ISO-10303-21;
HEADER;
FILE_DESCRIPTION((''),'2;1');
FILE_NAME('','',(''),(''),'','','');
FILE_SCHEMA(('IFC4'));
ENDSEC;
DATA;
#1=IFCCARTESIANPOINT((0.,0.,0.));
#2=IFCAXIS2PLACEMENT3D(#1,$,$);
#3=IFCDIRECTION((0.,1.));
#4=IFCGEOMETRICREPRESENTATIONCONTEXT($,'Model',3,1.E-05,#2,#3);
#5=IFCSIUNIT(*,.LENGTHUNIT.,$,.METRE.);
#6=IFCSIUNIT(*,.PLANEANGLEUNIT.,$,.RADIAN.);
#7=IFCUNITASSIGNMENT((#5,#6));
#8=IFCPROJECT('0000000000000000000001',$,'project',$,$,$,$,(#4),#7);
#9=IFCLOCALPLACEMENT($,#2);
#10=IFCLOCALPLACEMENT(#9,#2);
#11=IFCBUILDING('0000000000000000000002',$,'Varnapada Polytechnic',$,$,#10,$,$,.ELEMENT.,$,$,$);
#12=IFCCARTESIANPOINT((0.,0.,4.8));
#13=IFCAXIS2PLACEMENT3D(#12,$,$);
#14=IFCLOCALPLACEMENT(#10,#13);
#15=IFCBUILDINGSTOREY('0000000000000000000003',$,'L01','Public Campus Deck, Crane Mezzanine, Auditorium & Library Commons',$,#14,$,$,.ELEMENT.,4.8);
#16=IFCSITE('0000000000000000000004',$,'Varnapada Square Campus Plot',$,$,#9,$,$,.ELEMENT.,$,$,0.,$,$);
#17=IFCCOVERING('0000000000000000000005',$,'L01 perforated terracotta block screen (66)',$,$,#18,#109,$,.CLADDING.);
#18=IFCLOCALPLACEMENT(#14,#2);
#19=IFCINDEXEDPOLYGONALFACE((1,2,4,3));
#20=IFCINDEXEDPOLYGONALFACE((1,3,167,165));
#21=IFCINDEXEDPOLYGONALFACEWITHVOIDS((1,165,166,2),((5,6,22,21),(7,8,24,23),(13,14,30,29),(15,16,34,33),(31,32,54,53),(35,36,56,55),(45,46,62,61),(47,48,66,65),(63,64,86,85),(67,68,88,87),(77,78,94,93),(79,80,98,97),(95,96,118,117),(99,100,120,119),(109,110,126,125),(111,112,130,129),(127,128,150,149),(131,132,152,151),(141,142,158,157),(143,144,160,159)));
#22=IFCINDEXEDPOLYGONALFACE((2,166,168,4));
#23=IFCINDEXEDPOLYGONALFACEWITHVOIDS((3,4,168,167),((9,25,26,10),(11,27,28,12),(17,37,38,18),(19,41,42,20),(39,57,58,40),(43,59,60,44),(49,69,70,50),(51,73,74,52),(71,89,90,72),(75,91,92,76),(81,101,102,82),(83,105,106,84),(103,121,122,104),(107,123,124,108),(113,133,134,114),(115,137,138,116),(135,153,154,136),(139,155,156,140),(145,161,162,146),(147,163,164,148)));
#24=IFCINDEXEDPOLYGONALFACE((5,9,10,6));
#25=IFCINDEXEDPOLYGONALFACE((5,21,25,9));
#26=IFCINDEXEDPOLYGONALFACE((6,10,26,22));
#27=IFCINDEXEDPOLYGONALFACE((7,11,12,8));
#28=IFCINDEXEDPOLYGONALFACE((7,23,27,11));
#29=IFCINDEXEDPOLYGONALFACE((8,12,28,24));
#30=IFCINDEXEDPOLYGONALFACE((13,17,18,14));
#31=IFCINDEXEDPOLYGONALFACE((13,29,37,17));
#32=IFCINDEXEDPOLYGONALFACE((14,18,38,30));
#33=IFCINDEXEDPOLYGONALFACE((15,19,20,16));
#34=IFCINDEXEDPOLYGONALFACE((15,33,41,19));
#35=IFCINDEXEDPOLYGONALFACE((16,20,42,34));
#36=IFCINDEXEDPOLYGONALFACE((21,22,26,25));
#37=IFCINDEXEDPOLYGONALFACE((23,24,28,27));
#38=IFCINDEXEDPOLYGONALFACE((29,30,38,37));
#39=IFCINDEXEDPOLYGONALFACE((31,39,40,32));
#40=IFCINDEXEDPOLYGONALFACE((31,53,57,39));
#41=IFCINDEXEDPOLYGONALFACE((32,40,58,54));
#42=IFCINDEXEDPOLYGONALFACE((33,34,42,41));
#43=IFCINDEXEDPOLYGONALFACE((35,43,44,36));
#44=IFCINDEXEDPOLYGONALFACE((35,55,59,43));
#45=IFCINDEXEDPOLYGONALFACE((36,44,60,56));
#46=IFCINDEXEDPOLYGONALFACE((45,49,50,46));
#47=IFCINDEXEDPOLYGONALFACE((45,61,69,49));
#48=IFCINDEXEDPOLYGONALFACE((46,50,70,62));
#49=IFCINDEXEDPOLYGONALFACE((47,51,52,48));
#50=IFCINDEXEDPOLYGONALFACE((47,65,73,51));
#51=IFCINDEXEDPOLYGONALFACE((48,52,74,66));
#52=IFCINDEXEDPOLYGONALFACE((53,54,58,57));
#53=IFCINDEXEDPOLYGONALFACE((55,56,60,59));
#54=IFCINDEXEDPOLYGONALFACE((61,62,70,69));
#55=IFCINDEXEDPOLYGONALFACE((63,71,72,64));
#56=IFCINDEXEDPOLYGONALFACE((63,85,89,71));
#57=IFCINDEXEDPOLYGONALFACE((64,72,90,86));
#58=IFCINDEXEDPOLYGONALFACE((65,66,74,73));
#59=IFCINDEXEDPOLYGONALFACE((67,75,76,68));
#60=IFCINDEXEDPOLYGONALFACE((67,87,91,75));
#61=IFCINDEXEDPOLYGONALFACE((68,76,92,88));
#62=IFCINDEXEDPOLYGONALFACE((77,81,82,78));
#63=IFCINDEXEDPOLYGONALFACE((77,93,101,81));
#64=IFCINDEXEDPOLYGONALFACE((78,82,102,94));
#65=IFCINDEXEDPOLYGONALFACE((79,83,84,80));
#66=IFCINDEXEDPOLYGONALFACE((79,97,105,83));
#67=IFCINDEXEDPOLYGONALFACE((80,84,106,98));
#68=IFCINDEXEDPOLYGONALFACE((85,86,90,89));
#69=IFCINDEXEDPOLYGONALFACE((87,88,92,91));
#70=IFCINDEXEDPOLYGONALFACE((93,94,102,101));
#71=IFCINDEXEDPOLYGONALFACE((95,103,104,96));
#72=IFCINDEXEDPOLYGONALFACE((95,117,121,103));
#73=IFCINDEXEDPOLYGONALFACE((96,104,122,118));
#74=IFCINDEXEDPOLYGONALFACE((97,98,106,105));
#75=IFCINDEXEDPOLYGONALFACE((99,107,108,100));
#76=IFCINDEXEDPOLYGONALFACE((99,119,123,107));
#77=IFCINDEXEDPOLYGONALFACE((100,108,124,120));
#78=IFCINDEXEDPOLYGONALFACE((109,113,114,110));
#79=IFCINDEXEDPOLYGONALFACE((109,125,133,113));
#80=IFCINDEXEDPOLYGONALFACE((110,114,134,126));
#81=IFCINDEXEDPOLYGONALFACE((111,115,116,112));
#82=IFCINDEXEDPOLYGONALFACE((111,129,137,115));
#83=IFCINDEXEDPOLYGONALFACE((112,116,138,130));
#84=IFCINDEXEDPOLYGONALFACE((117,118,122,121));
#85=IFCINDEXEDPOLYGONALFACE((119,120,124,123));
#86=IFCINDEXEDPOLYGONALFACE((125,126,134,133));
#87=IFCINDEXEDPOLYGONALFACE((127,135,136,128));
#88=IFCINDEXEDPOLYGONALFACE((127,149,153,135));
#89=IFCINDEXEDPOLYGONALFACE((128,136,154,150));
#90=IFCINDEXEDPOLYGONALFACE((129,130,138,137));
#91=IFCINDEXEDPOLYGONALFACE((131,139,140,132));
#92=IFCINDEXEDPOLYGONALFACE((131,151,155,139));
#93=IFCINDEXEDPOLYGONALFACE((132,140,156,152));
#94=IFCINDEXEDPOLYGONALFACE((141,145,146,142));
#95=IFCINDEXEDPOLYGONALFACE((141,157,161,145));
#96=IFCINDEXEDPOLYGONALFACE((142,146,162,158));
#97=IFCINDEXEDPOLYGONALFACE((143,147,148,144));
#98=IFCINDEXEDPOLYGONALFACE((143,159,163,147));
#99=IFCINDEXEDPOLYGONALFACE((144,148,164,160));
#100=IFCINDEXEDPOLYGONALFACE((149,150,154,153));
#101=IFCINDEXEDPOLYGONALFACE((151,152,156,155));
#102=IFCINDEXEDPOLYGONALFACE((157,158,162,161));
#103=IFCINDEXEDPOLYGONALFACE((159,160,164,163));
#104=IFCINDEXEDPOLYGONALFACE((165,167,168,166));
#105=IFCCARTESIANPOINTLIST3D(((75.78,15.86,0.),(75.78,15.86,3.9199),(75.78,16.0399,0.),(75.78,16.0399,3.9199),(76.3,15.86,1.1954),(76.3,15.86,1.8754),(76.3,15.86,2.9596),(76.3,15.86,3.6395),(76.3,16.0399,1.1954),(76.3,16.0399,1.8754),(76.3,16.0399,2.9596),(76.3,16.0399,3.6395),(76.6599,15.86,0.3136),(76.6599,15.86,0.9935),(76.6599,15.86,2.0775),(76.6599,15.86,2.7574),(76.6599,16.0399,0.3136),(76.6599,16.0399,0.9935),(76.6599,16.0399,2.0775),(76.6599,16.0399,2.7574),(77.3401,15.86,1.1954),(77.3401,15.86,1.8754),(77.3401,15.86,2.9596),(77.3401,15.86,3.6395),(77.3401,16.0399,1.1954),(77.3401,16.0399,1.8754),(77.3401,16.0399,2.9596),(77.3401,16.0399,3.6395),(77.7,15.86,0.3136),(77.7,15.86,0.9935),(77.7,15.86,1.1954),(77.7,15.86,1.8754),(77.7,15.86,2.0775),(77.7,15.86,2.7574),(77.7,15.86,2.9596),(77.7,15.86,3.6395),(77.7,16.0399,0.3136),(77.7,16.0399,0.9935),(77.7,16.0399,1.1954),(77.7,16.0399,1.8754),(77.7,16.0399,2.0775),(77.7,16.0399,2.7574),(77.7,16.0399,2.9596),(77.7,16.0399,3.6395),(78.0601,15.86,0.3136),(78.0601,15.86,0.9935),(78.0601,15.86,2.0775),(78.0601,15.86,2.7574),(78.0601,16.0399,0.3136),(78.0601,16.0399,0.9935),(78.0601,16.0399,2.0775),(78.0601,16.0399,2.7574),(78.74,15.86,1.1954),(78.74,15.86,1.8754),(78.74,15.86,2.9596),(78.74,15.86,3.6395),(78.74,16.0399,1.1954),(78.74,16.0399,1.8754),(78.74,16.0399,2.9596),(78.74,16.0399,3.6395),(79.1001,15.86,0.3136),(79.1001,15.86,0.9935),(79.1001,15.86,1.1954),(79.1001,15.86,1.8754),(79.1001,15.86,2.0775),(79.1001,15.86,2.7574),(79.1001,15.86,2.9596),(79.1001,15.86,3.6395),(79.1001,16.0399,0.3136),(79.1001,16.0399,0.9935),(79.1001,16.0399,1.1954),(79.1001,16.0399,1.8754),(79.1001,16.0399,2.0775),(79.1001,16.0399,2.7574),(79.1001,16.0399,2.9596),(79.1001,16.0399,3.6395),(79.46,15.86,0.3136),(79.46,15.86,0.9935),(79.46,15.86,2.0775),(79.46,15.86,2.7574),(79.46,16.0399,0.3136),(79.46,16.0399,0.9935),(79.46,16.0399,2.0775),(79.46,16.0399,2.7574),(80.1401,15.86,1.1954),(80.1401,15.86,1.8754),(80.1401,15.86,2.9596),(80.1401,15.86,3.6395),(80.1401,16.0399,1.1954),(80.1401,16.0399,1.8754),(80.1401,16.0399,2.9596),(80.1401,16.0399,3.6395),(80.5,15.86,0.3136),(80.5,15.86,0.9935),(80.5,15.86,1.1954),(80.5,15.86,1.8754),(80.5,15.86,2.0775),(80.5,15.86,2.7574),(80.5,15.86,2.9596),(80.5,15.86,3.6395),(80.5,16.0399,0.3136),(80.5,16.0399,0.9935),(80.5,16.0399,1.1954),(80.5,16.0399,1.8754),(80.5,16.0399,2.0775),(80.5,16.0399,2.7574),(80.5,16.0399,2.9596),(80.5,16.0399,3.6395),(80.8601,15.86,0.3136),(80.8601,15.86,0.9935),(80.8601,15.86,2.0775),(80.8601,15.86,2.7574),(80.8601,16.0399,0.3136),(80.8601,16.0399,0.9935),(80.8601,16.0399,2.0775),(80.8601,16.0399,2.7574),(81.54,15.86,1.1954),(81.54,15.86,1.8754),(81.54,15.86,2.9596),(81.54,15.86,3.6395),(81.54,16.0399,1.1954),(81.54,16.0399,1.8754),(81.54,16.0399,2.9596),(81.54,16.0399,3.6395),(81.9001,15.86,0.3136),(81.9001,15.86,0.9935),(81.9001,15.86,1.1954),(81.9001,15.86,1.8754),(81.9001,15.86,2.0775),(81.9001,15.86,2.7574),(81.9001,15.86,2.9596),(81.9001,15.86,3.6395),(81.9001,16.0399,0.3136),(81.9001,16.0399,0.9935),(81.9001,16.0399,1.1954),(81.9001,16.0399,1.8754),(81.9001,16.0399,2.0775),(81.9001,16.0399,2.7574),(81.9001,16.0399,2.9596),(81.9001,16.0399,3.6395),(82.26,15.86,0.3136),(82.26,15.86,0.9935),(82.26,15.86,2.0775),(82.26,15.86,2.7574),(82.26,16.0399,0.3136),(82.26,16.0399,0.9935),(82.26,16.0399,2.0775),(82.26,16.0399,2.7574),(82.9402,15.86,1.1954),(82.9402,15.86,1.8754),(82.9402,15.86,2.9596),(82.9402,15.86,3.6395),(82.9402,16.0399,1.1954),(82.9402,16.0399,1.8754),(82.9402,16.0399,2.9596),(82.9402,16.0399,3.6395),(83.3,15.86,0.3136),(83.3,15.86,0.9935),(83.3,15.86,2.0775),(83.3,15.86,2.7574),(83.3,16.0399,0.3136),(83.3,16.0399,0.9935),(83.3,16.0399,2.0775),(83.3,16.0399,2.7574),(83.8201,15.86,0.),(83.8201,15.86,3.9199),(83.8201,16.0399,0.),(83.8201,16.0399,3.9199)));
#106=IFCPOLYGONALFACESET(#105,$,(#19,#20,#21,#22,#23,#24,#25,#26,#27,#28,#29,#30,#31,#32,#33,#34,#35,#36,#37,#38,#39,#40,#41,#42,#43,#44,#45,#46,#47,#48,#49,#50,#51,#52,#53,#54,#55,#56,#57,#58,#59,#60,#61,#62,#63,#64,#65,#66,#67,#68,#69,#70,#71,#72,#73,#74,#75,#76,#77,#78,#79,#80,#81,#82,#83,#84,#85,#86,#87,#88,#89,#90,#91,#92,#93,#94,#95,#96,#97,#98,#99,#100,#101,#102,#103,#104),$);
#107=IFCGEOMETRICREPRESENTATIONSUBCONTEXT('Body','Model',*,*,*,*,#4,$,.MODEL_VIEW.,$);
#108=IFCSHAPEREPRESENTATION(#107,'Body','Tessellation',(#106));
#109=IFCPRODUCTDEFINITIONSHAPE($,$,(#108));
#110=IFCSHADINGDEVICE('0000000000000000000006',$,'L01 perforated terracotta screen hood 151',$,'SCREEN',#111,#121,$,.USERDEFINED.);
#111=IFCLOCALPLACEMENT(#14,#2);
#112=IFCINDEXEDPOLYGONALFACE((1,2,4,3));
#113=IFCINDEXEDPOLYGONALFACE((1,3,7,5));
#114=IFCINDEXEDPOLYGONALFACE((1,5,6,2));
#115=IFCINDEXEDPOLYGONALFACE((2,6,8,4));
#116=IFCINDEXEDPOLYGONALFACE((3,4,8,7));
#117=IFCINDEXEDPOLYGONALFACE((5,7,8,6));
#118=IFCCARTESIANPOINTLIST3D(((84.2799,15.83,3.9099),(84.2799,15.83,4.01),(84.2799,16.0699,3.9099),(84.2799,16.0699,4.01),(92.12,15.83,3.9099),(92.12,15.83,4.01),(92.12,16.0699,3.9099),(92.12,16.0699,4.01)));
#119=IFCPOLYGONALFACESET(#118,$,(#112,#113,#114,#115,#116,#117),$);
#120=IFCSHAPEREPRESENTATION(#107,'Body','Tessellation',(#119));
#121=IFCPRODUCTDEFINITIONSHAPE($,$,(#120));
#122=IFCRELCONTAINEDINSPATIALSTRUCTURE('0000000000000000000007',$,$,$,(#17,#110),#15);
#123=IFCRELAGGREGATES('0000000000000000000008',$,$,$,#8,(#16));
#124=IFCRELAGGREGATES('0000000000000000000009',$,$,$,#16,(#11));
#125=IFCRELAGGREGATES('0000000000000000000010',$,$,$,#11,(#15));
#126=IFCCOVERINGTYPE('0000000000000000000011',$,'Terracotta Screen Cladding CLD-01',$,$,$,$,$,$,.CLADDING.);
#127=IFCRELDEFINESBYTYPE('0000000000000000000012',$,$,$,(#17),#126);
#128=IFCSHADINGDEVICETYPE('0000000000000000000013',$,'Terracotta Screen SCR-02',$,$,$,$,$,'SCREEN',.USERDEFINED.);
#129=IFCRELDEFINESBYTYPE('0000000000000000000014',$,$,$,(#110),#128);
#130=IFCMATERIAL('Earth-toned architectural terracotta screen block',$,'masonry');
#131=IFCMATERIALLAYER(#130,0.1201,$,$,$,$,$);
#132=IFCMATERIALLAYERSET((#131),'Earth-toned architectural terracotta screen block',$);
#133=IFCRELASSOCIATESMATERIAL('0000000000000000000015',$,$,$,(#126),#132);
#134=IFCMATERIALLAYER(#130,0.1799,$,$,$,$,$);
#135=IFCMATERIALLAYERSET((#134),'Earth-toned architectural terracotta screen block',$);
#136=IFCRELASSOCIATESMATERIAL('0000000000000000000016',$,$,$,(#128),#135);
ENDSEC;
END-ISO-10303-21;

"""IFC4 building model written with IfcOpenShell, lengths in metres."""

from ifc_helpers import new_model, si_unit, direction, frame, frame_2d, origin, origin_2d, place, context, subcontext, project, spatial, rectangle, extrude, material, layer, layer_set, type_object, element, save


model = new_model("IFC4")

# Units and contexts
model_context = context("Model", 3, precision=1e-05, world=origin(), true_north=direction((0.0, 1.0)))
body_context = subcontext(model_context, "Body", "Model", "MODEL_VIEW")
ifc_project = project(units=[si_unit("LENGTHUNIT", "METRE"), si_unit("PLANEANGLEUNIT", "RADIAN")], contexts=[model_context])

# Site, building, storey
site_placement = place(None, origin())
site = spatial("IfcSite", under=ifc_project, at=site_placement, Name="Varnapada Square Campus Plot", CompositionType="ELEMENT", RefElevation=0.0)
building_placement = place(site_placement, origin())
building = spatial("IfcBuilding", under=site, at=building_placement, Name="Varnapada Polytechnic", CompositionType="ELEMENT")
storey_placement = place(building_placement, frame((0.0, 0.0, 4.8)))
storey = spatial("IfcBuildingStorey", under=building, at=storey_placement, Name="L01", Description="Public Campus Deck, Crane Mezzanine, Auditorium & Library Commons", CompositionType="ELEMENT", Elevation=4.8)

# Covering, openings
ifc_material_1 = material(Name="Earth-toned architectural terracotta screen block", Category="masonry")
ifc_layer_1 = layer(ifc_material_1, 0.1201)
ifc_layer_set_1 = layer_set([ifc_layer_1], Name="Earth-toned architectural terracotta screen block")
covering_type = type_object("IfcCoveringType", Name="Terracotta Screen Cladding CLD-01", PredefinedType="CLADDING", material=ifc_layer_set_1)
covering_placement = place(storey_placement, frame((83.8201, 15.95, 0.0), z_axis=(0.0, 0.0, 1.0), x_axis=(-1.0, 0.0, 0.0)))
covering = element("IfcCovering", 1, at=covering_placement, inside=storey, type_object=covering_type, Name="L01 perforated terracotta block screen (66)", PredefinedType="CLADDING", context=body_context, shape_type="SweptSolid", body=[
    extrude(rectangle(XDim=8.04, YDim=0.1799, at=frame_2d((4.02, 0.0))), origin(), (0.0, 0.0, 1.0), 3.9199),
])
opening_1_placement = place(covering_placement, frame((0.52, 0.0, 0.3137)))
element("IfcOpeningElement", 2, at=opening_1_placement, cuts=covering, PredefinedType="OPENING", context=body_context, shape_type="SweptSolid", body=[
    extrude(rectangle(XDim=1.04, YDim=0.6799, at=frame_2d((0.52, 0.3398))), frame((0.0, 0.0999, 0.0), z_axis=(0.0, -1.0, 0.0), x_axis=(1.0, 0.0, 0.0)), (0.0, 0.0, 1.0), 0.2),
])
opening_2_placement = place(covering_placement, frame((1.9199, 0.0, 0.3137)))
element("IfcOpeningElement", 3, at=opening_2_placement, cuts=covering, PredefinedType="OPENING", context=body_context, shape_type="SweptSolid", body=[
    extrude(rectangle(XDim=1.04, YDim=0.6799, at=frame_2d((0.52, 0.3398))), frame((0.0, 0.0999, 0.0), z_axis=(0.0, -1.0, 0.0), x_axis=(1.0, 0.0, 0.0)), (0.0, 0.0, 1.0), 0.2),
])
opening_3_placement = place(covering_placement, frame((3.3201, 0.0, 0.3137)))
element("IfcOpeningElement", 4, at=opening_3_placement, cuts=covering, PredefinedType="OPENING", context=body_context, shape_type="SweptSolid", body=[
    extrude(rectangle(XDim=1.04, YDim=0.6799, at=frame_2d((0.52, 0.3398))), frame((0.0, 0.0999, 0.0), z_axis=(0.0, -1.0, 0.0), x_axis=(1.0, 0.0, 0.0)), (0.0, 0.0, 1.0), 0.2),
])
opening_4_placement = place(covering_placement, frame((4.72, 0.0, 0.3137)))
element("IfcOpeningElement", 5, at=opening_4_placement, cuts=covering, PredefinedType="OPENING", context=body_context, shape_type="SweptSolid", body=[
    extrude(rectangle(XDim=1.04, YDim=0.6799, at=frame_2d((0.52, 0.3398))), frame((0.0, 0.0999, 0.0), z_axis=(0.0, -1.0, 0.0), x_axis=(1.0, 0.0, 0.0)), (0.0, 0.0, 1.0), 0.2),
])
opening_5_placement = place(covering_placement, frame((6.1201, 0.0, 0.3137)))
element("IfcOpeningElement", 6, at=opening_5_placement, cuts=covering, PredefinedType="OPENING", context=body_context, shape_type="SweptSolid", body=[
    extrude(rectangle(XDim=1.04, YDim=0.6799, at=frame_2d((0.52, 0.3398))), frame((0.0, 0.0999, 0.0), z_axis=(0.0, -1.0, 0.0), x_axis=(1.0, 0.0, 0.0)), (0.0, 0.0, 1.0), 0.2),
])
opening_6_placement = place(covering_placement, frame((0.8799, 0.0, 1.1956)))
element("IfcOpeningElement", 7, at=opening_6_placement, cuts=covering, PredefinedType="OPENING", context=body_context, shape_type="SweptSolid", body=[
    extrude(rectangle(XDim=1.04, YDim=0.6799, at=frame_2d((0.52, 0.3398))), frame((0.0, 0.0999, 0.0), z_axis=(0.0, -1.0, 0.0), x_axis=(1.0, 0.0, 0.0)), (0.0, 0.0, 1.0), 0.2),
])
opening_7_placement = place(covering_placement, frame((2.28, 0.0, 1.1956)))
element("IfcOpeningElement", 8, at=opening_7_placement, cuts=covering, PredefinedType="OPENING", context=body_context, shape_type="SweptSolid", body=[
    extrude(rectangle(XDim=1.04, YDim=0.6799, at=frame_2d((0.52, 0.3398))), frame((0.0, 0.0999, 0.0), z_axis=(0.0, -1.0, 0.0), x_axis=(1.0, 0.0, 0.0)), (0.0, 0.0, 1.0), 0.2),
])
opening_8_placement = place(covering_placement, frame((3.6799, 0.0, 1.1956)))
element("IfcOpeningElement", 9, at=opening_8_placement, cuts=covering, PredefinedType="OPENING", context=body_context, shape_type="SweptSolid", body=[
    extrude(rectangle(XDim=1.04, YDim=0.6799, at=frame_2d((0.52, 0.3398))), frame((0.0, 0.0999, 0.0), z_axis=(0.0, -1.0, 0.0), x_axis=(1.0, 0.0, 0.0)), (0.0, 0.0, 1.0), 0.2),
])
opening_9_placement = place(covering_placement, frame((5.0801, 0.0, 1.1956)))
element("IfcOpeningElement", 10, at=opening_9_placement, cuts=covering, PredefinedType="OPENING", context=body_context, shape_type="SweptSolid", body=[
    extrude(rectangle(XDim=1.04, YDim=0.6799, at=frame_2d((0.52, 0.3398))), frame((0.0, 0.0999, 0.0), z_axis=(0.0, -1.0, 0.0), x_axis=(1.0, 0.0, 0.0)), (0.0, 0.0, 1.0), 0.2),
])
opening_10_placement = place(covering_placement, frame((6.48, 0.0, 1.1956)))
element("IfcOpeningElement", 11, at=opening_10_placement, cuts=covering, PredefinedType="OPENING", context=body_context, shape_type="SweptSolid", body=[
    extrude(rectangle(XDim=1.04, YDim=0.6799, at=frame_2d((0.52, 0.3398))), frame((0.0, 0.0999, 0.0), z_axis=(0.0, -1.0, 0.0), x_axis=(1.0, 0.0, 0.0)), (0.0, 0.0, 1.0), 0.2),
])
opening_11_placement = place(covering_placement, frame((0.52, 0.0, 2.0776)))
element("IfcOpeningElement", 12, at=opening_11_placement, cuts=covering, PredefinedType="OPENING", context=body_context, shape_type="SweptSolid", body=[
    extrude(rectangle(XDim=1.04, YDim=0.6799, at=frame_2d((0.52, 0.3398))), frame((0.0, 0.0999, 0.0), z_axis=(0.0, -1.0, 0.0), x_axis=(1.0, 0.0, 0.0)), (0.0, 0.0, 1.0), 0.2),
])
opening_12_placement = place(covering_placement, frame((1.9199, 0.0, 2.0776)))
element("IfcOpeningElement", 13, at=opening_12_placement, cuts=covering, PredefinedType="OPENING", context=body_context, shape_type="SweptSolid", body=[
    extrude(rectangle(XDim=1.04, YDim=0.6799, at=frame_2d((0.52, 0.3398))), frame((0.0, 0.0999, 0.0), z_axis=(0.0, -1.0, 0.0), x_axis=(1.0, 0.0, 0.0)), (0.0, 0.0, 1.0), 0.2),
])
opening_13_placement = place(covering_placement, frame((3.3201, 0.0, 2.0776)))
element("IfcOpeningElement", 14, at=opening_13_placement, cuts=covering, PredefinedType="OPENING", context=body_context, shape_type="SweptSolid", body=[
    extrude(rectangle(XDim=1.04, YDim=0.6799, at=frame_2d((0.52, 0.3398))), frame((0.0, 0.0999, 0.0), z_axis=(0.0, -1.0, 0.0), x_axis=(1.0, 0.0, 0.0)), (0.0, 0.0, 1.0), 0.2),
])
opening_14_placement = place(covering_placement, frame((4.72, 0.0, 2.0776)))
element("IfcOpeningElement", 15, at=opening_14_placement, cuts=covering, PredefinedType="OPENING", context=body_context, shape_type="SweptSolid", body=[
    extrude(rectangle(XDim=1.04, YDim=0.6799, at=frame_2d((0.52, 0.3398))), frame((0.0, 0.0999, 0.0), z_axis=(0.0, -1.0, 0.0), x_axis=(1.0, 0.0, 0.0)), (0.0, 0.0, 1.0), 0.2),
])
opening_15_placement = place(covering_placement, frame((6.1201, 0.0, 2.0776)))
element("IfcOpeningElement", 16, at=opening_15_placement, cuts=covering, PredefinedType="OPENING", context=body_context, shape_type="SweptSolid", body=[
    extrude(rectangle(XDim=1.04, YDim=0.6799, at=frame_2d((0.52, 0.3398))), frame((0.0, 0.0999, 0.0), z_axis=(0.0, -1.0, 0.0), x_axis=(1.0, 0.0, 0.0)), (0.0, 0.0, 1.0), 0.2),
])
opening_16_placement = place(covering_placement, frame((0.8799, 0.0, 2.9597)))
element("IfcOpeningElement", 17, at=opening_16_placement, cuts=covering, PredefinedType="OPENING", context=body_context, shape_type="SweptSolid", body=[
    extrude(rectangle(XDim=1.04, YDim=0.6799, at=frame_2d((0.52, 0.3398))), frame((0.0, 0.0999, 0.0), z_axis=(0.0, -1.0, 0.0), x_axis=(1.0, 0.0, 0.0)), (0.0, 0.0, 1.0), 0.2),
])
opening_17_placement = place(covering_placement, frame((2.28, 0.0, 2.9597)))
element("IfcOpeningElement", 18, at=opening_17_placement, cuts=covering, PredefinedType="OPENING", context=body_context, shape_type="SweptSolid", body=[
    extrude(rectangle(XDim=1.04, YDim=0.6799, at=frame_2d((0.52, 0.3398))), frame((0.0, 0.0999, 0.0), z_axis=(0.0, -1.0, 0.0), x_axis=(1.0, 0.0, 0.0)), (0.0, 0.0, 1.0), 0.2),
])
opening_18_placement = place(covering_placement, frame((3.6799, 0.0, 2.9597)))
element("IfcOpeningElement", 19, at=opening_18_placement, cuts=covering, PredefinedType="OPENING", context=body_context, shape_type="SweptSolid", body=[
    extrude(rectangle(XDim=1.04, YDim=0.6799, at=frame_2d((0.52, 0.3398))), frame((0.0, 0.0999, 0.0), z_axis=(0.0, -1.0, 0.0), x_axis=(1.0, 0.0, 0.0)), (0.0, 0.0, 1.0), 0.2),
])
opening_19_placement = place(covering_placement, frame((5.0801, 0.0, 2.9597)))
element("IfcOpeningElement", 20, at=opening_19_placement, cuts=covering, PredefinedType="OPENING", context=body_context, shape_type="SweptSolid", body=[
    extrude(rectangle(XDim=1.04, YDim=0.6799, at=frame_2d((0.52, 0.3398))), frame((0.0, 0.0999, 0.0), z_axis=(0.0, -1.0, 0.0), x_axis=(1.0, 0.0, 0.0)), (0.0, 0.0, 1.0), 0.2),
])
opening_20_placement = place(covering_placement, frame((6.48, 0.0, 2.9597)))
element("IfcOpeningElement", 21, at=opening_20_placement, cuts=covering, PredefinedType="OPENING", context=body_context, shape_type="SweptSolid", body=[
    extrude(rectangle(XDim=1.04, YDim=0.6799, at=frame_2d((0.52, 0.3398))), frame((0.0, 0.0999, 0.0), z_axis=(0.0, -1.0, 0.0), x_axis=(1.0, 0.0, 0.0)), (0.0, 0.0, 1.0), 0.2),
])

# Shading device
ifc_layer_2 = layer(ifc_material_1, 0.1799)
ifc_layer_set_2 = layer_set([ifc_layer_2], Name="Earth-toned architectural terracotta screen block")
shading_device_type = type_object("IfcShadingDeviceType", Name="Terracotta Screen SCR-02", ElementType="SCREEN", PredefinedType="USERDEFINED", material=ifc_layer_set_2)
shading_device_placement = place(storey_placement, frame((88.2, 15.95, 3.9099), z_axis=(0.0, 0.0, 1.0), x_axis=(-1.0, 0.0, 0.0)))
element("IfcShadingDevice", 22, at=shading_device_placement, inside=storey, type_object=shading_device_type, Name="L01 perforated terracotta screen hood 151", ObjectType="SCREEN", PredefinedType="USERDEFINED", context=body_context, shape_type="SweptSolid", body=[
    extrude(rectangle(XDim=7.8401, YDim=0.24, at=origin_2d()), origin(), (0.0, 0.0, 1.0), 0.1001),
])

save(model, "model.ifc")
